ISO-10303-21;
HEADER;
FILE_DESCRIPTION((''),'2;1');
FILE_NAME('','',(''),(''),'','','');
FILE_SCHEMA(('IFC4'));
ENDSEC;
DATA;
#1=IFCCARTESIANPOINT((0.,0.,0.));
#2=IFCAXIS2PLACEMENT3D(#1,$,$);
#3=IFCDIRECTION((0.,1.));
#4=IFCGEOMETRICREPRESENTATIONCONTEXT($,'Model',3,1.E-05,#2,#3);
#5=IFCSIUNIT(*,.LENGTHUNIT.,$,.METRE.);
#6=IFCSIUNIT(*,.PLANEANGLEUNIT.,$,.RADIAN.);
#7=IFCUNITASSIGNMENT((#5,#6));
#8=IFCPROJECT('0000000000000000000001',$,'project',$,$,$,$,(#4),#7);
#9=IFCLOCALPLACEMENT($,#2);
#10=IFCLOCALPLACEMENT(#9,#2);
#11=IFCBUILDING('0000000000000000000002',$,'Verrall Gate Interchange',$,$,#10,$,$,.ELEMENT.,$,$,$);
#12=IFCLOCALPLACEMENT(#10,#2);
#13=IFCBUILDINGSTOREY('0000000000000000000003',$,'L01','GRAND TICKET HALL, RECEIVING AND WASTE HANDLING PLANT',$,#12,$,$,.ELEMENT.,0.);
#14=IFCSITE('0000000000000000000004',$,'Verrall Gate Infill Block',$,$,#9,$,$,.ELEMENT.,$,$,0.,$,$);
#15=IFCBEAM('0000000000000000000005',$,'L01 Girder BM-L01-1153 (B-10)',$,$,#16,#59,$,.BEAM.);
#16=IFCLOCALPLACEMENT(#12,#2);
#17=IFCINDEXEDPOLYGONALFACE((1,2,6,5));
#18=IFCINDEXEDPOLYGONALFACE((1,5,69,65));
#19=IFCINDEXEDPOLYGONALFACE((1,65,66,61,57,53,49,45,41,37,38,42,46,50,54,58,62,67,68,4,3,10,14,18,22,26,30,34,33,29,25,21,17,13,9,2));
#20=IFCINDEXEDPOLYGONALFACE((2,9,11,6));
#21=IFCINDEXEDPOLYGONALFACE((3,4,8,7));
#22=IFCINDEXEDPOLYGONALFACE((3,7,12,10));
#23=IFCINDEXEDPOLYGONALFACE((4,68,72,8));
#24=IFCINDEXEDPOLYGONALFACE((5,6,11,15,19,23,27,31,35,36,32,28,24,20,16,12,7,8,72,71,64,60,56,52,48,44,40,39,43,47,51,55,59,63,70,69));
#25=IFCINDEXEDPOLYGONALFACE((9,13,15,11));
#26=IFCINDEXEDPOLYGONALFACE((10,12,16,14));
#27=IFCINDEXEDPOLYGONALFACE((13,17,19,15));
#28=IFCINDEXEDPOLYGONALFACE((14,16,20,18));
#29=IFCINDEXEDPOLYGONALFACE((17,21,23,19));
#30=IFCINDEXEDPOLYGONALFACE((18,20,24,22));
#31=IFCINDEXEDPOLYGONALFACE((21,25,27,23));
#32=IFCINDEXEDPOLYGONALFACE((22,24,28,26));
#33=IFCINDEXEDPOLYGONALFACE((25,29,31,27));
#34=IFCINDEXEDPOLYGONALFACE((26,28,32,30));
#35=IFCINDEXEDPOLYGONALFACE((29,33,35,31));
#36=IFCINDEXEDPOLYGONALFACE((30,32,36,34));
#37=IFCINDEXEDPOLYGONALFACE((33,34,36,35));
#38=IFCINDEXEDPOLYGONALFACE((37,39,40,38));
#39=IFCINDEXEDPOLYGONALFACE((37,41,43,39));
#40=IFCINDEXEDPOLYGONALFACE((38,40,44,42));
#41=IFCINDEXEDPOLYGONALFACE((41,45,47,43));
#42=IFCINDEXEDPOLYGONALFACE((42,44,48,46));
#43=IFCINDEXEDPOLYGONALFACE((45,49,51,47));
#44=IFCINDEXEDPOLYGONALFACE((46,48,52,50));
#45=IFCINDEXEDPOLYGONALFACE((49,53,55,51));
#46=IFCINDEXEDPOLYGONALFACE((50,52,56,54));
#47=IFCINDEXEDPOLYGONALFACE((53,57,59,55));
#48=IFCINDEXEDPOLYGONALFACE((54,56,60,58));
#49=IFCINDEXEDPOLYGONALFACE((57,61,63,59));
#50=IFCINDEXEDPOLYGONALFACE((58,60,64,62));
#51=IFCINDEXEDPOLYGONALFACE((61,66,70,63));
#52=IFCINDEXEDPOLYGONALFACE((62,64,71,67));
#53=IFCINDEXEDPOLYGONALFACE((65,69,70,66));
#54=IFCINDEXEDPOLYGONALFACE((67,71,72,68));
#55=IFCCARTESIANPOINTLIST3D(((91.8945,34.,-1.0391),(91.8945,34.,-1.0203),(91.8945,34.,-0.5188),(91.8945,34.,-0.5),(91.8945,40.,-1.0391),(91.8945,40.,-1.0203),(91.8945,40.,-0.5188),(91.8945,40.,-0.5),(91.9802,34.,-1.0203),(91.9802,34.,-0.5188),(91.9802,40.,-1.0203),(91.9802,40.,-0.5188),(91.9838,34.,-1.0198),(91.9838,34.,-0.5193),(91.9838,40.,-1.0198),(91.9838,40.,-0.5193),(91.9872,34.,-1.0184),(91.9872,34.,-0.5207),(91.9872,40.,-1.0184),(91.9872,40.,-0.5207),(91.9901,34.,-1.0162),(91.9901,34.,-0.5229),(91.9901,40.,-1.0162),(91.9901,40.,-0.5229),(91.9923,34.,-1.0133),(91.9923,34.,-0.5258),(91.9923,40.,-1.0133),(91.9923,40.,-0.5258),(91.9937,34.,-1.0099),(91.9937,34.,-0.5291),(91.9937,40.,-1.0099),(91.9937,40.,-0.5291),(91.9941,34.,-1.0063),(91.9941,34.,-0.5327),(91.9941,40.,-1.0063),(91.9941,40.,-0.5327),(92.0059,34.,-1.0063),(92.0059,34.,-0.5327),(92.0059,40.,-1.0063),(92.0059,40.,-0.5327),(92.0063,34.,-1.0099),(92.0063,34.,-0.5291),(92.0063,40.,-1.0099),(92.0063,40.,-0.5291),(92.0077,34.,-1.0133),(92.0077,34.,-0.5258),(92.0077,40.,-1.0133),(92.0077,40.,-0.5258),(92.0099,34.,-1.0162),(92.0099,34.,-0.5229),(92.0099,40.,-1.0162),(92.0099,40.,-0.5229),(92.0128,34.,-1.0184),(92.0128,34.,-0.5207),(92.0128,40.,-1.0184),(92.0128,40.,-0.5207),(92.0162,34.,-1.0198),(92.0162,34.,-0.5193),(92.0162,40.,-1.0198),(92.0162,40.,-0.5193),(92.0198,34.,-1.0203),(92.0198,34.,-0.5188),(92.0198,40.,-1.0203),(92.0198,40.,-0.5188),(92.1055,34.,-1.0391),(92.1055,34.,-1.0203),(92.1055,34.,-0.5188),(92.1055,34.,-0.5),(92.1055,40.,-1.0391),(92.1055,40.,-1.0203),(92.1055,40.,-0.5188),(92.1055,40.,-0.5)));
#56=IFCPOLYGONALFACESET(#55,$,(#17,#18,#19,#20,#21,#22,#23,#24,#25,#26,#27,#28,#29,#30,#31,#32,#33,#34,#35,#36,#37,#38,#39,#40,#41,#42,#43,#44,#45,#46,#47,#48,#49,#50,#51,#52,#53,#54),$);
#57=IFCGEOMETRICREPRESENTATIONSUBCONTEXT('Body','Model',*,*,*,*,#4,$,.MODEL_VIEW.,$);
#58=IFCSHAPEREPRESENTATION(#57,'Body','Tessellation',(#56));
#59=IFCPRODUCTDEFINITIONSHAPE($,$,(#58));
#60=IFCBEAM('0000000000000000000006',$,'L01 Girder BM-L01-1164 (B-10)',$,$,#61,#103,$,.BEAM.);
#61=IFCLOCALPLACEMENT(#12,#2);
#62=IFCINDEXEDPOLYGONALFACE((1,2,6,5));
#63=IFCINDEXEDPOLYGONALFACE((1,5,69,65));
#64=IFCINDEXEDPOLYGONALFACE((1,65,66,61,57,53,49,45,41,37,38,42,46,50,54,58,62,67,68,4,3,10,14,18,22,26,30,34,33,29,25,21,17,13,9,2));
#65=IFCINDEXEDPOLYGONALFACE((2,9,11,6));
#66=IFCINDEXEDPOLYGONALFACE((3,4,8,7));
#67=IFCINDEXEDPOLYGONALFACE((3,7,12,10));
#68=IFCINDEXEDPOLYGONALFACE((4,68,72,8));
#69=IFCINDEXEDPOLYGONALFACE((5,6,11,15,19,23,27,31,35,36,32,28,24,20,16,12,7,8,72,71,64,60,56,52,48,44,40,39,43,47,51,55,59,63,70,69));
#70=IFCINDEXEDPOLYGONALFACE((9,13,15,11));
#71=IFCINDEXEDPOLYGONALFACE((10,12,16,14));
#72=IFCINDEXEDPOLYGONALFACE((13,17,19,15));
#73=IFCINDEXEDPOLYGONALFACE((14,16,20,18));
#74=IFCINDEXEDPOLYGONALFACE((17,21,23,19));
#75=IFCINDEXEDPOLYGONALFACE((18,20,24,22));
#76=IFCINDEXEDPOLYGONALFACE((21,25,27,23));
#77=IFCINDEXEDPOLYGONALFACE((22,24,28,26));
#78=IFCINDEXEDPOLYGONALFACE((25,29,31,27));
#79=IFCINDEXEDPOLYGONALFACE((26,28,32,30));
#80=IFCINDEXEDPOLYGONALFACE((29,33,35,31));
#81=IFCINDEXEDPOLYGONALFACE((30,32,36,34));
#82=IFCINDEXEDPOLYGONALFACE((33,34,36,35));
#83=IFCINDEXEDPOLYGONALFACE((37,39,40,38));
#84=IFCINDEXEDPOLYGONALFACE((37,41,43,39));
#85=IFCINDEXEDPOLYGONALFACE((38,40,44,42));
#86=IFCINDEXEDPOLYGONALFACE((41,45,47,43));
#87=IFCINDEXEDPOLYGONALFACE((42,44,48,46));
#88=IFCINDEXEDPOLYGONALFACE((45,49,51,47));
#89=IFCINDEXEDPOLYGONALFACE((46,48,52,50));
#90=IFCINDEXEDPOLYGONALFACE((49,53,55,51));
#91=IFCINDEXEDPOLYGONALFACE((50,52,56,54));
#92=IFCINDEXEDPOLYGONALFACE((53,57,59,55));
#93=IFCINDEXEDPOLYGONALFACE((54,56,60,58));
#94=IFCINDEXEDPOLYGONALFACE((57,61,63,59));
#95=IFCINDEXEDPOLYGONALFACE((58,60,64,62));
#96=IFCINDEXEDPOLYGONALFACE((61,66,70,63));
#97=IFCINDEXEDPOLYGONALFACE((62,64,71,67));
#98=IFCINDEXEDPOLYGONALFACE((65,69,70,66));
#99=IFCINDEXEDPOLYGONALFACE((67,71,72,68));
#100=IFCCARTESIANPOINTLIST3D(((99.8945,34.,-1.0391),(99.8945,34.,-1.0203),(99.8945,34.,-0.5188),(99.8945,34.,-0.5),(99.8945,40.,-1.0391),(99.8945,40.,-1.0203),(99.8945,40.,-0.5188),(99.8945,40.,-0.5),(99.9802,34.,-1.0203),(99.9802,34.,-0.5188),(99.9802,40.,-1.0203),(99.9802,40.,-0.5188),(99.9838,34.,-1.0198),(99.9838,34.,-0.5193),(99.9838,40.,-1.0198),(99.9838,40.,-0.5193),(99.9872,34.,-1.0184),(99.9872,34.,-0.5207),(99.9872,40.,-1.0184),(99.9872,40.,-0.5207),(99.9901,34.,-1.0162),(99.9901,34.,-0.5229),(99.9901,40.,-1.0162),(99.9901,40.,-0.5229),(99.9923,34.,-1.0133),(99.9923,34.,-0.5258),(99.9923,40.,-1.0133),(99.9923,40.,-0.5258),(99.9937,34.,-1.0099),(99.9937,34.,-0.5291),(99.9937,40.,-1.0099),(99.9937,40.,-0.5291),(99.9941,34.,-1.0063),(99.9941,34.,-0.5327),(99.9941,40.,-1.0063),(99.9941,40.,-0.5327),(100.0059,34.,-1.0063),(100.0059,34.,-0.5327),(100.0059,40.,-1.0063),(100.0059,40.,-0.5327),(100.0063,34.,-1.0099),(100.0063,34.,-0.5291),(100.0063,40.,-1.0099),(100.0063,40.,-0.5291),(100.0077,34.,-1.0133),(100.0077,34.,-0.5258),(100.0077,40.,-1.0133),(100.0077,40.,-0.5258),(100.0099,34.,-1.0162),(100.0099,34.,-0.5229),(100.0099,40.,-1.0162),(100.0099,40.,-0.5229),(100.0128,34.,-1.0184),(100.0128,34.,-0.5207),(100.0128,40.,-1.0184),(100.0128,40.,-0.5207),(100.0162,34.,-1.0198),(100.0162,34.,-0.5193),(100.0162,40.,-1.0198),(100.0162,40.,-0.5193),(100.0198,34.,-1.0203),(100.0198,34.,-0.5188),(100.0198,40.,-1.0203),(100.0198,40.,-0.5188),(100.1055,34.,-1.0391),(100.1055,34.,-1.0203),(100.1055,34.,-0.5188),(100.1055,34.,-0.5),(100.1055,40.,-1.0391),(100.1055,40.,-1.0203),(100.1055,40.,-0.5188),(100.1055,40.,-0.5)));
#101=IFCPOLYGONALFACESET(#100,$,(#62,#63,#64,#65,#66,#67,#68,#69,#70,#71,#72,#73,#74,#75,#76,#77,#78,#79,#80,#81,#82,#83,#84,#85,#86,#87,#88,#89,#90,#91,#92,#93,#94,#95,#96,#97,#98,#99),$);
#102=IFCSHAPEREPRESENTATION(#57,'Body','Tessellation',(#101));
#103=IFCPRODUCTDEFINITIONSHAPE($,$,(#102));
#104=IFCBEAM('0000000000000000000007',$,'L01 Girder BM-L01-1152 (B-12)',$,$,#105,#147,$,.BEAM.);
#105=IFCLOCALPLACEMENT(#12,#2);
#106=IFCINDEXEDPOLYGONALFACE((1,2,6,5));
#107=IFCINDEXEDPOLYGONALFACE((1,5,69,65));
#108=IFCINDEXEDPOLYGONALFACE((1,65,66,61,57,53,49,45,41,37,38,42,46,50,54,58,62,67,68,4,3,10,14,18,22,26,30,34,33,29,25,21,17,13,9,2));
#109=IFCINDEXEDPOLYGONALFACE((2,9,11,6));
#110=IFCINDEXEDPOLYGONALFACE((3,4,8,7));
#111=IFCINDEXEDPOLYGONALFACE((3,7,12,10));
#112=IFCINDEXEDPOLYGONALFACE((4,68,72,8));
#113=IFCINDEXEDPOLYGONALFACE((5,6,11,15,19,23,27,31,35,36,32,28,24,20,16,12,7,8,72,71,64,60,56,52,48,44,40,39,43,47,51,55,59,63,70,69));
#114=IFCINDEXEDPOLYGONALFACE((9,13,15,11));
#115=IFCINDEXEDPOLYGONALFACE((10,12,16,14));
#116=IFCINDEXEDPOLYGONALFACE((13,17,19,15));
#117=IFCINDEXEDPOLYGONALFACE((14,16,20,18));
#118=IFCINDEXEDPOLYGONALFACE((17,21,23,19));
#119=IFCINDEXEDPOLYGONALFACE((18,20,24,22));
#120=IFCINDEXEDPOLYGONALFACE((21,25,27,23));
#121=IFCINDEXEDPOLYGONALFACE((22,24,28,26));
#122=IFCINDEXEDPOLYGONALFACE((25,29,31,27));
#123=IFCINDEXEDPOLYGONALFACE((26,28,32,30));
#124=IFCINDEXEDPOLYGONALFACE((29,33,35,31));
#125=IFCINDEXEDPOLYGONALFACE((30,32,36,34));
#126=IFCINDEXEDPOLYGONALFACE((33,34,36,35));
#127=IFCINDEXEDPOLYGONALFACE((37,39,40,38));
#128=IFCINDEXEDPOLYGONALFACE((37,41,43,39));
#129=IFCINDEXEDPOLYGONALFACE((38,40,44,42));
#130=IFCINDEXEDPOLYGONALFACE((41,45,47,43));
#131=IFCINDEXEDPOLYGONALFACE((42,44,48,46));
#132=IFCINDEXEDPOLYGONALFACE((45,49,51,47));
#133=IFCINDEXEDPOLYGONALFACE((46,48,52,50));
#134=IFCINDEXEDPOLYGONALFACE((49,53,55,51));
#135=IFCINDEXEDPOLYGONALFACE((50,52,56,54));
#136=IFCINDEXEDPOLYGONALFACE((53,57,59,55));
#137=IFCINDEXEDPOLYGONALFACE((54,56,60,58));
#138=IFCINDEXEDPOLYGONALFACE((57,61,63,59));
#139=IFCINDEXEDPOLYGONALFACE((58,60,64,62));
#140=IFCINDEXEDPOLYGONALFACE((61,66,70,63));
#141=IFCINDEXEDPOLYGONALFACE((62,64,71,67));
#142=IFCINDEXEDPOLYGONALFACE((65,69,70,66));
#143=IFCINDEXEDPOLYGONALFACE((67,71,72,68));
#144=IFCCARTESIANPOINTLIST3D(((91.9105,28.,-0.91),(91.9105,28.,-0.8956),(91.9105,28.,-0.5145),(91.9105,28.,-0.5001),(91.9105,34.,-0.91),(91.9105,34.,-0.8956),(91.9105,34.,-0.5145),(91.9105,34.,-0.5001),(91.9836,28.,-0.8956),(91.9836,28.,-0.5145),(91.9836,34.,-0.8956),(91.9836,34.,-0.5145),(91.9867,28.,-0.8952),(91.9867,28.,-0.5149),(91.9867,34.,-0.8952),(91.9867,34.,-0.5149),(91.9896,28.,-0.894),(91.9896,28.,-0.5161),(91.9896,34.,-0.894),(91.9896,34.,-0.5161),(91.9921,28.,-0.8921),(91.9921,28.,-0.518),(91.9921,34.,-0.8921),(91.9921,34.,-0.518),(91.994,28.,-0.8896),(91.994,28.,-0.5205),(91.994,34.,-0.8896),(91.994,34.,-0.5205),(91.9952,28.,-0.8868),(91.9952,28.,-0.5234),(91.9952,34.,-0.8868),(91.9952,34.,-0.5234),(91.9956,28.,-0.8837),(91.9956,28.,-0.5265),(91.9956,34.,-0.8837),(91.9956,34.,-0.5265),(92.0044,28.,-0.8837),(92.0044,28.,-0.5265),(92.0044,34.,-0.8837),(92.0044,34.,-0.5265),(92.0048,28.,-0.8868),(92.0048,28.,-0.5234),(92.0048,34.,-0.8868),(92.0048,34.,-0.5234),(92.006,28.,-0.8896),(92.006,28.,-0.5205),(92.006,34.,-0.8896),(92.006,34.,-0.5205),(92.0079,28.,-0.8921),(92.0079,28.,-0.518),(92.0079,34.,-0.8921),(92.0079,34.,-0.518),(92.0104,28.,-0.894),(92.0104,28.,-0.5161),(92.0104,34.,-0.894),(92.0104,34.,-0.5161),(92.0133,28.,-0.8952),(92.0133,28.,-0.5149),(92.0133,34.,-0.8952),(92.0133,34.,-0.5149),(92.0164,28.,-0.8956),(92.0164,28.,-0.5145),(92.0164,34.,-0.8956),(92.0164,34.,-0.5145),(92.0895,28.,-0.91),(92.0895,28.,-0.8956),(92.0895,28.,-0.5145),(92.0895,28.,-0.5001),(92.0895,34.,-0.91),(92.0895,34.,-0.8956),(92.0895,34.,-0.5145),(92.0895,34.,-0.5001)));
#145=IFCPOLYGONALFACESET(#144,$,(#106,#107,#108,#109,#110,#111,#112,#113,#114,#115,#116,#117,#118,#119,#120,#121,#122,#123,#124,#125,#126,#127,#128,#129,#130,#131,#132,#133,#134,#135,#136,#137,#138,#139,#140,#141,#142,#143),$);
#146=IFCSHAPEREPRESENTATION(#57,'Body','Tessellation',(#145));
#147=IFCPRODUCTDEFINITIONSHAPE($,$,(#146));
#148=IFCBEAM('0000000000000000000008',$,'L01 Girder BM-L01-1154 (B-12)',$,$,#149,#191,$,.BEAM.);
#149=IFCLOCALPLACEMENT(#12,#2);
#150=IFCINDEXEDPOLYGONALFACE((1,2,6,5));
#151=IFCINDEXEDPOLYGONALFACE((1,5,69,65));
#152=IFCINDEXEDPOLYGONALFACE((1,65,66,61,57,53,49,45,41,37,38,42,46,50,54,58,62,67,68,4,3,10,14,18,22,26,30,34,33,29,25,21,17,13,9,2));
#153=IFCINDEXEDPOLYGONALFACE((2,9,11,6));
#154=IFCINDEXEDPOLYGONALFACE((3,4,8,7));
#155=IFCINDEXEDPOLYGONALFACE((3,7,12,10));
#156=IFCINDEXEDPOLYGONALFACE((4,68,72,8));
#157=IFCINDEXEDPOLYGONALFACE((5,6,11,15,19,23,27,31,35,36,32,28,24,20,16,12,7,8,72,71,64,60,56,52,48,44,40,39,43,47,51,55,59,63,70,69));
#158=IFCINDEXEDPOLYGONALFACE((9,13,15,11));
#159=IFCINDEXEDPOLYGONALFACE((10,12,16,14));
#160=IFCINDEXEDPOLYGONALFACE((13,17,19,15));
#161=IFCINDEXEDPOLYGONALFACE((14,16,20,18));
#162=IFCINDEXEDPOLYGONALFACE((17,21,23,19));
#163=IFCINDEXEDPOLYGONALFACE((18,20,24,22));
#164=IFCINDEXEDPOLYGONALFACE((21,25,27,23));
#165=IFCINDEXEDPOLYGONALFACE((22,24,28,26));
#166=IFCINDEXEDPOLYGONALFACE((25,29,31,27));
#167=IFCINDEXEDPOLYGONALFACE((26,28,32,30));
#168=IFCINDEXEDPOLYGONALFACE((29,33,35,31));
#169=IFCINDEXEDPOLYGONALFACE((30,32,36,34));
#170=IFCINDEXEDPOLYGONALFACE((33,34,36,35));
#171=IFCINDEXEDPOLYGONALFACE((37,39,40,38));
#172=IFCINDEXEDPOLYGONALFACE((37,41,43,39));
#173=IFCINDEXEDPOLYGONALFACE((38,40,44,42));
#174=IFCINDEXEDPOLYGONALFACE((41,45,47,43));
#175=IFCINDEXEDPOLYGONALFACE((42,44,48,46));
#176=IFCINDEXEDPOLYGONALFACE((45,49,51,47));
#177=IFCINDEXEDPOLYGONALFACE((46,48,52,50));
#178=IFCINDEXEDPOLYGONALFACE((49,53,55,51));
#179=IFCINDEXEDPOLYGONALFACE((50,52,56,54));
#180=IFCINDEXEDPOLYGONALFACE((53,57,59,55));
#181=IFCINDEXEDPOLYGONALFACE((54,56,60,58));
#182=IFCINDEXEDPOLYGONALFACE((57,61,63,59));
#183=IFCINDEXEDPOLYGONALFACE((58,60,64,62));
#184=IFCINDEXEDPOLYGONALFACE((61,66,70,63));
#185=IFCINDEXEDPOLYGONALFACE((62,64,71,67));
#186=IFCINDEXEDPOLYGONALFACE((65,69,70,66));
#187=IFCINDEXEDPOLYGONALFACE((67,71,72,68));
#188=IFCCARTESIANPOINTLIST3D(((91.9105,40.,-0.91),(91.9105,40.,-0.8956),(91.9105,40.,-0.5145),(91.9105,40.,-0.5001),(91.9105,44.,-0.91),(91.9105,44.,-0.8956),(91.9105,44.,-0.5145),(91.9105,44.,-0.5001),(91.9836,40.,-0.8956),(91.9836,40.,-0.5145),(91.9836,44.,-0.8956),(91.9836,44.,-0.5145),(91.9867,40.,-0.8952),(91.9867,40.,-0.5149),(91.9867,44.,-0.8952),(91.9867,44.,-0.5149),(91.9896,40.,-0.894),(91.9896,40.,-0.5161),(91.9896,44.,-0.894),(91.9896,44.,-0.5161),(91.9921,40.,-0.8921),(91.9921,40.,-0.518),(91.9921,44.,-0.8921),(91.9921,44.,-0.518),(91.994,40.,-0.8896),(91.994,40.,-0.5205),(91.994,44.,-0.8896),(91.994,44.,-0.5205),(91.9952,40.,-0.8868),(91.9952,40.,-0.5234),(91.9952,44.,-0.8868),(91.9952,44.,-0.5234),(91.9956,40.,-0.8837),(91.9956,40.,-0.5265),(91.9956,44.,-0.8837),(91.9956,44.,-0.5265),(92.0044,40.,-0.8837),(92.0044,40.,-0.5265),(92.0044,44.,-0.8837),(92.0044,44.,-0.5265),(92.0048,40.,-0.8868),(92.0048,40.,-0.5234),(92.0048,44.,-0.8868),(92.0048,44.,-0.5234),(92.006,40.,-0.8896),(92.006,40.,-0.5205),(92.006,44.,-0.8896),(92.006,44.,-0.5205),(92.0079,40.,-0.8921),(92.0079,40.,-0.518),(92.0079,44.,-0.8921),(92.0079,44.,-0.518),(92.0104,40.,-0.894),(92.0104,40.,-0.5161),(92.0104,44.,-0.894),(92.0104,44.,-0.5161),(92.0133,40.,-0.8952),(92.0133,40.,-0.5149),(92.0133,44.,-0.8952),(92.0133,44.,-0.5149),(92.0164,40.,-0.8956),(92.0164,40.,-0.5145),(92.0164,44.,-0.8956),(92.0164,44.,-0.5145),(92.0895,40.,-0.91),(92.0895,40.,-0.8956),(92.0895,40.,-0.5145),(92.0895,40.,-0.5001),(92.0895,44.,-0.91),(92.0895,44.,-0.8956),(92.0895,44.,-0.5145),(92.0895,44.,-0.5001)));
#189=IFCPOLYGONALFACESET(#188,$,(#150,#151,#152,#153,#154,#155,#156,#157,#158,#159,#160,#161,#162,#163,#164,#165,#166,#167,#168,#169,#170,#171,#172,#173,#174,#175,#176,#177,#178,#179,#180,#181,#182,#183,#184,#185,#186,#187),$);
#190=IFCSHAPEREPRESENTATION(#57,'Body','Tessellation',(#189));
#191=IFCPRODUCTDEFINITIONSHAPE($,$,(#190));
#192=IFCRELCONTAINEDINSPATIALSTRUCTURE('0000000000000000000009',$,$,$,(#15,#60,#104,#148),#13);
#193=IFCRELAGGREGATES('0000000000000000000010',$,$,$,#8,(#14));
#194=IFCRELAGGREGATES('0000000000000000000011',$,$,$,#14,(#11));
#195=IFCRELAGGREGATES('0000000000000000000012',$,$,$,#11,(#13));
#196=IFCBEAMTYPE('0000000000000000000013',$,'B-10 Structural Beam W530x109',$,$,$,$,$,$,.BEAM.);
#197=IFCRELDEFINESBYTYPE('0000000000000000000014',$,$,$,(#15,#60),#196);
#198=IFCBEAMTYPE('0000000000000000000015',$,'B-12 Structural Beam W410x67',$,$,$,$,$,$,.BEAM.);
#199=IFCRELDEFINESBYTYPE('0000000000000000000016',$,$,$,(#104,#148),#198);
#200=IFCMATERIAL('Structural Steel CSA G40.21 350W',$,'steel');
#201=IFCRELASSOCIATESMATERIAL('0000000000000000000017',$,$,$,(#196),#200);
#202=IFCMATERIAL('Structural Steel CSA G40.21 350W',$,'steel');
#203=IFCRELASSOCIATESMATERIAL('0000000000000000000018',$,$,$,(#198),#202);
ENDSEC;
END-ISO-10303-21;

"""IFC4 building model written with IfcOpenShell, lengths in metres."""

from ifc_helpers import new_model, si_unit, direction, frame, origin, origin_2d, place, context, subcontext, project, spatial, i_section, extrude, material, material_profile, profile_set, type_object, element, save


model = new_model("IFC4")

# Units and contexts
model_context = context("Model", 3, precision=1e-05, world=origin(), true_north=direction((0.0, 1.0)))
body_context = subcontext(model_context, "Body", "Model", "MODEL_VIEW")
ifc_project = project(units=[si_unit("LENGTHUNIT", "METRE"), si_unit("PLANEANGLEUNIT", "RADIAN")], contexts=[model_context])

# Site, building, storey
site_placement = place(None, origin())
site = spatial("IfcSite", under=ifc_project, at=site_placement, Name="Verrall Gate Infill Block", CompositionType="ELEMENT", RefElevation=0.0)
building_placement = place(site_placement, origin())
building = spatial("IfcBuilding", under=site, at=building_placement, Name="Verrall Gate Interchange", CompositionType="ELEMENT")
storey_placement = place(building_placement, origin())
storey = spatial("IfcBuildingStorey", under=building, at=storey_placement, Name="L01", Description="GRAND TICKET HALL, RECEIVING AND WASTE HANDLING PLANT", CompositionType="ELEMENT", Elevation=0.0)

# Beams
ifc_material_1 = material(Name="Structural Steel CSA G40.21 350W", Category="steel")
ifc_material_profile_1 = material_profile(ifc_material_1, i_section(OverallWidth=0.2109, OverallDepth=0.5391, WebThickness=0.0117, FlangeThickness=0.0188, FilletRadius=0.0139, at=origin_2d()), Name="W530x109")
ifc_profile_set_1 = profile_set([ifc_material_profile_1], Name="Structural Steel CSA G40.21 350W")
beam_type_1 = type_object("IfcBeamType", Name="B-10 Structural Beam W530x109", PredefinedType="BEAM", material=ifc_profile_set_1)
for number, where, z_axis, x_axis, name in (
    (1, (92.0, 34.0, -0.7695), (0.0, 1.0, 0.0), (-1.0, 0.0, 0.0), "L01 Girder BM-L01-1153 (B-10)"),
    (2, (100.0, 34.0, -0.7695), (0.0, 1.0, 0.0), (-1.0, 0.0, 0.0), "L01 Girder BM-L01-1164 (B-10)"),
):
    element("IfcBeam", number, at=place(storey_placement, frame(where, z_axis=z_axis, x_axis=x_axis)), inside=storey, type_object=beam_type_1, Name=name, PredefinedType="BEAM", context=body_context, shape_type="SweptSolid", body=[
        extrude(i_section(OverallWidth=0.2109, OverallDepth=0.5391, WebThickness=0.0117, FlangeThickness=0.0188, FilletRadius=0.0139, at=origin_2d()), origin(), (0.0, 0.0, 1.0), 6.0),
    ])
ifc_material_2 = material(Name="Structural Steel CSA G40.21 350W", Category="steel")
ifc_material_profile_2 = material_profile(ifc_material_2, i_section(OverallWidth=0.179, OverallDepth=0.4099, WebThickness=0.0088, FlangeThickness=0.0144, FilletRadius=0.012, at=origin_2d()), Name="W410x67")
ifc_profile_set_2 = profile_set([ifc_material_profile_2], Name="Structural Steel CSA G40.21 350W")
beam_type_2 = type_object("IfcBeamType", Name="B-12 Structural Beam W410x67", PredefinedType="BEAM", material=ifc_profile_set_2)
beam_1_placement = place(storey_placement, frame((92.0, 28.0, -0.7051), z_axis=(0.0, 1.0, 0.0), x_axis=(-1.0, 0.0, 0.0)))
element("IfcBeam", 3, at=beam_1_placement, inside=storey, type_object=beam_type_2, Name="L01 Girder BM-L01-1152 (B-12)", PredefinedType="BEAM", context=body_context, shape_type="SweptSolid", body=[
    extrude(i_section(OverallWidth=0.179, OverallDepth=0.4099, WebThickness=0.0088, FlangeThickness=0.0144, FilletRadius=0.012, at=origin_2d()), origin(), (0.0, 0.0, 1.0), 6.0),
])
beam_2_placement = place(storey_placement, frame((92.0, 40.0, -0.7051), z_axis=(0.0, 1.0, 0.0), x_axis=(-1.0, 0.0, 0.0)))
element("IfcBeam", 4, at=beam_2_placement, inside=storey, type_object=beam_type_2, Name="L01 Girder BM-L01-1154 (B-12)", PredefinedType="BEAM", context=body_context, shape_type="SweptSolid", body=[
    extrude(i_section(OverallWidth=0.179, OverallDepth=0.4099, WebThickness=0.0088, FlangeThickness=0.0144, FilletRadius=0.012, at=origin_2d()), origin(), (0.0, 0.0, 1.0), 4.0),
])

save(model, "model.ifc")
